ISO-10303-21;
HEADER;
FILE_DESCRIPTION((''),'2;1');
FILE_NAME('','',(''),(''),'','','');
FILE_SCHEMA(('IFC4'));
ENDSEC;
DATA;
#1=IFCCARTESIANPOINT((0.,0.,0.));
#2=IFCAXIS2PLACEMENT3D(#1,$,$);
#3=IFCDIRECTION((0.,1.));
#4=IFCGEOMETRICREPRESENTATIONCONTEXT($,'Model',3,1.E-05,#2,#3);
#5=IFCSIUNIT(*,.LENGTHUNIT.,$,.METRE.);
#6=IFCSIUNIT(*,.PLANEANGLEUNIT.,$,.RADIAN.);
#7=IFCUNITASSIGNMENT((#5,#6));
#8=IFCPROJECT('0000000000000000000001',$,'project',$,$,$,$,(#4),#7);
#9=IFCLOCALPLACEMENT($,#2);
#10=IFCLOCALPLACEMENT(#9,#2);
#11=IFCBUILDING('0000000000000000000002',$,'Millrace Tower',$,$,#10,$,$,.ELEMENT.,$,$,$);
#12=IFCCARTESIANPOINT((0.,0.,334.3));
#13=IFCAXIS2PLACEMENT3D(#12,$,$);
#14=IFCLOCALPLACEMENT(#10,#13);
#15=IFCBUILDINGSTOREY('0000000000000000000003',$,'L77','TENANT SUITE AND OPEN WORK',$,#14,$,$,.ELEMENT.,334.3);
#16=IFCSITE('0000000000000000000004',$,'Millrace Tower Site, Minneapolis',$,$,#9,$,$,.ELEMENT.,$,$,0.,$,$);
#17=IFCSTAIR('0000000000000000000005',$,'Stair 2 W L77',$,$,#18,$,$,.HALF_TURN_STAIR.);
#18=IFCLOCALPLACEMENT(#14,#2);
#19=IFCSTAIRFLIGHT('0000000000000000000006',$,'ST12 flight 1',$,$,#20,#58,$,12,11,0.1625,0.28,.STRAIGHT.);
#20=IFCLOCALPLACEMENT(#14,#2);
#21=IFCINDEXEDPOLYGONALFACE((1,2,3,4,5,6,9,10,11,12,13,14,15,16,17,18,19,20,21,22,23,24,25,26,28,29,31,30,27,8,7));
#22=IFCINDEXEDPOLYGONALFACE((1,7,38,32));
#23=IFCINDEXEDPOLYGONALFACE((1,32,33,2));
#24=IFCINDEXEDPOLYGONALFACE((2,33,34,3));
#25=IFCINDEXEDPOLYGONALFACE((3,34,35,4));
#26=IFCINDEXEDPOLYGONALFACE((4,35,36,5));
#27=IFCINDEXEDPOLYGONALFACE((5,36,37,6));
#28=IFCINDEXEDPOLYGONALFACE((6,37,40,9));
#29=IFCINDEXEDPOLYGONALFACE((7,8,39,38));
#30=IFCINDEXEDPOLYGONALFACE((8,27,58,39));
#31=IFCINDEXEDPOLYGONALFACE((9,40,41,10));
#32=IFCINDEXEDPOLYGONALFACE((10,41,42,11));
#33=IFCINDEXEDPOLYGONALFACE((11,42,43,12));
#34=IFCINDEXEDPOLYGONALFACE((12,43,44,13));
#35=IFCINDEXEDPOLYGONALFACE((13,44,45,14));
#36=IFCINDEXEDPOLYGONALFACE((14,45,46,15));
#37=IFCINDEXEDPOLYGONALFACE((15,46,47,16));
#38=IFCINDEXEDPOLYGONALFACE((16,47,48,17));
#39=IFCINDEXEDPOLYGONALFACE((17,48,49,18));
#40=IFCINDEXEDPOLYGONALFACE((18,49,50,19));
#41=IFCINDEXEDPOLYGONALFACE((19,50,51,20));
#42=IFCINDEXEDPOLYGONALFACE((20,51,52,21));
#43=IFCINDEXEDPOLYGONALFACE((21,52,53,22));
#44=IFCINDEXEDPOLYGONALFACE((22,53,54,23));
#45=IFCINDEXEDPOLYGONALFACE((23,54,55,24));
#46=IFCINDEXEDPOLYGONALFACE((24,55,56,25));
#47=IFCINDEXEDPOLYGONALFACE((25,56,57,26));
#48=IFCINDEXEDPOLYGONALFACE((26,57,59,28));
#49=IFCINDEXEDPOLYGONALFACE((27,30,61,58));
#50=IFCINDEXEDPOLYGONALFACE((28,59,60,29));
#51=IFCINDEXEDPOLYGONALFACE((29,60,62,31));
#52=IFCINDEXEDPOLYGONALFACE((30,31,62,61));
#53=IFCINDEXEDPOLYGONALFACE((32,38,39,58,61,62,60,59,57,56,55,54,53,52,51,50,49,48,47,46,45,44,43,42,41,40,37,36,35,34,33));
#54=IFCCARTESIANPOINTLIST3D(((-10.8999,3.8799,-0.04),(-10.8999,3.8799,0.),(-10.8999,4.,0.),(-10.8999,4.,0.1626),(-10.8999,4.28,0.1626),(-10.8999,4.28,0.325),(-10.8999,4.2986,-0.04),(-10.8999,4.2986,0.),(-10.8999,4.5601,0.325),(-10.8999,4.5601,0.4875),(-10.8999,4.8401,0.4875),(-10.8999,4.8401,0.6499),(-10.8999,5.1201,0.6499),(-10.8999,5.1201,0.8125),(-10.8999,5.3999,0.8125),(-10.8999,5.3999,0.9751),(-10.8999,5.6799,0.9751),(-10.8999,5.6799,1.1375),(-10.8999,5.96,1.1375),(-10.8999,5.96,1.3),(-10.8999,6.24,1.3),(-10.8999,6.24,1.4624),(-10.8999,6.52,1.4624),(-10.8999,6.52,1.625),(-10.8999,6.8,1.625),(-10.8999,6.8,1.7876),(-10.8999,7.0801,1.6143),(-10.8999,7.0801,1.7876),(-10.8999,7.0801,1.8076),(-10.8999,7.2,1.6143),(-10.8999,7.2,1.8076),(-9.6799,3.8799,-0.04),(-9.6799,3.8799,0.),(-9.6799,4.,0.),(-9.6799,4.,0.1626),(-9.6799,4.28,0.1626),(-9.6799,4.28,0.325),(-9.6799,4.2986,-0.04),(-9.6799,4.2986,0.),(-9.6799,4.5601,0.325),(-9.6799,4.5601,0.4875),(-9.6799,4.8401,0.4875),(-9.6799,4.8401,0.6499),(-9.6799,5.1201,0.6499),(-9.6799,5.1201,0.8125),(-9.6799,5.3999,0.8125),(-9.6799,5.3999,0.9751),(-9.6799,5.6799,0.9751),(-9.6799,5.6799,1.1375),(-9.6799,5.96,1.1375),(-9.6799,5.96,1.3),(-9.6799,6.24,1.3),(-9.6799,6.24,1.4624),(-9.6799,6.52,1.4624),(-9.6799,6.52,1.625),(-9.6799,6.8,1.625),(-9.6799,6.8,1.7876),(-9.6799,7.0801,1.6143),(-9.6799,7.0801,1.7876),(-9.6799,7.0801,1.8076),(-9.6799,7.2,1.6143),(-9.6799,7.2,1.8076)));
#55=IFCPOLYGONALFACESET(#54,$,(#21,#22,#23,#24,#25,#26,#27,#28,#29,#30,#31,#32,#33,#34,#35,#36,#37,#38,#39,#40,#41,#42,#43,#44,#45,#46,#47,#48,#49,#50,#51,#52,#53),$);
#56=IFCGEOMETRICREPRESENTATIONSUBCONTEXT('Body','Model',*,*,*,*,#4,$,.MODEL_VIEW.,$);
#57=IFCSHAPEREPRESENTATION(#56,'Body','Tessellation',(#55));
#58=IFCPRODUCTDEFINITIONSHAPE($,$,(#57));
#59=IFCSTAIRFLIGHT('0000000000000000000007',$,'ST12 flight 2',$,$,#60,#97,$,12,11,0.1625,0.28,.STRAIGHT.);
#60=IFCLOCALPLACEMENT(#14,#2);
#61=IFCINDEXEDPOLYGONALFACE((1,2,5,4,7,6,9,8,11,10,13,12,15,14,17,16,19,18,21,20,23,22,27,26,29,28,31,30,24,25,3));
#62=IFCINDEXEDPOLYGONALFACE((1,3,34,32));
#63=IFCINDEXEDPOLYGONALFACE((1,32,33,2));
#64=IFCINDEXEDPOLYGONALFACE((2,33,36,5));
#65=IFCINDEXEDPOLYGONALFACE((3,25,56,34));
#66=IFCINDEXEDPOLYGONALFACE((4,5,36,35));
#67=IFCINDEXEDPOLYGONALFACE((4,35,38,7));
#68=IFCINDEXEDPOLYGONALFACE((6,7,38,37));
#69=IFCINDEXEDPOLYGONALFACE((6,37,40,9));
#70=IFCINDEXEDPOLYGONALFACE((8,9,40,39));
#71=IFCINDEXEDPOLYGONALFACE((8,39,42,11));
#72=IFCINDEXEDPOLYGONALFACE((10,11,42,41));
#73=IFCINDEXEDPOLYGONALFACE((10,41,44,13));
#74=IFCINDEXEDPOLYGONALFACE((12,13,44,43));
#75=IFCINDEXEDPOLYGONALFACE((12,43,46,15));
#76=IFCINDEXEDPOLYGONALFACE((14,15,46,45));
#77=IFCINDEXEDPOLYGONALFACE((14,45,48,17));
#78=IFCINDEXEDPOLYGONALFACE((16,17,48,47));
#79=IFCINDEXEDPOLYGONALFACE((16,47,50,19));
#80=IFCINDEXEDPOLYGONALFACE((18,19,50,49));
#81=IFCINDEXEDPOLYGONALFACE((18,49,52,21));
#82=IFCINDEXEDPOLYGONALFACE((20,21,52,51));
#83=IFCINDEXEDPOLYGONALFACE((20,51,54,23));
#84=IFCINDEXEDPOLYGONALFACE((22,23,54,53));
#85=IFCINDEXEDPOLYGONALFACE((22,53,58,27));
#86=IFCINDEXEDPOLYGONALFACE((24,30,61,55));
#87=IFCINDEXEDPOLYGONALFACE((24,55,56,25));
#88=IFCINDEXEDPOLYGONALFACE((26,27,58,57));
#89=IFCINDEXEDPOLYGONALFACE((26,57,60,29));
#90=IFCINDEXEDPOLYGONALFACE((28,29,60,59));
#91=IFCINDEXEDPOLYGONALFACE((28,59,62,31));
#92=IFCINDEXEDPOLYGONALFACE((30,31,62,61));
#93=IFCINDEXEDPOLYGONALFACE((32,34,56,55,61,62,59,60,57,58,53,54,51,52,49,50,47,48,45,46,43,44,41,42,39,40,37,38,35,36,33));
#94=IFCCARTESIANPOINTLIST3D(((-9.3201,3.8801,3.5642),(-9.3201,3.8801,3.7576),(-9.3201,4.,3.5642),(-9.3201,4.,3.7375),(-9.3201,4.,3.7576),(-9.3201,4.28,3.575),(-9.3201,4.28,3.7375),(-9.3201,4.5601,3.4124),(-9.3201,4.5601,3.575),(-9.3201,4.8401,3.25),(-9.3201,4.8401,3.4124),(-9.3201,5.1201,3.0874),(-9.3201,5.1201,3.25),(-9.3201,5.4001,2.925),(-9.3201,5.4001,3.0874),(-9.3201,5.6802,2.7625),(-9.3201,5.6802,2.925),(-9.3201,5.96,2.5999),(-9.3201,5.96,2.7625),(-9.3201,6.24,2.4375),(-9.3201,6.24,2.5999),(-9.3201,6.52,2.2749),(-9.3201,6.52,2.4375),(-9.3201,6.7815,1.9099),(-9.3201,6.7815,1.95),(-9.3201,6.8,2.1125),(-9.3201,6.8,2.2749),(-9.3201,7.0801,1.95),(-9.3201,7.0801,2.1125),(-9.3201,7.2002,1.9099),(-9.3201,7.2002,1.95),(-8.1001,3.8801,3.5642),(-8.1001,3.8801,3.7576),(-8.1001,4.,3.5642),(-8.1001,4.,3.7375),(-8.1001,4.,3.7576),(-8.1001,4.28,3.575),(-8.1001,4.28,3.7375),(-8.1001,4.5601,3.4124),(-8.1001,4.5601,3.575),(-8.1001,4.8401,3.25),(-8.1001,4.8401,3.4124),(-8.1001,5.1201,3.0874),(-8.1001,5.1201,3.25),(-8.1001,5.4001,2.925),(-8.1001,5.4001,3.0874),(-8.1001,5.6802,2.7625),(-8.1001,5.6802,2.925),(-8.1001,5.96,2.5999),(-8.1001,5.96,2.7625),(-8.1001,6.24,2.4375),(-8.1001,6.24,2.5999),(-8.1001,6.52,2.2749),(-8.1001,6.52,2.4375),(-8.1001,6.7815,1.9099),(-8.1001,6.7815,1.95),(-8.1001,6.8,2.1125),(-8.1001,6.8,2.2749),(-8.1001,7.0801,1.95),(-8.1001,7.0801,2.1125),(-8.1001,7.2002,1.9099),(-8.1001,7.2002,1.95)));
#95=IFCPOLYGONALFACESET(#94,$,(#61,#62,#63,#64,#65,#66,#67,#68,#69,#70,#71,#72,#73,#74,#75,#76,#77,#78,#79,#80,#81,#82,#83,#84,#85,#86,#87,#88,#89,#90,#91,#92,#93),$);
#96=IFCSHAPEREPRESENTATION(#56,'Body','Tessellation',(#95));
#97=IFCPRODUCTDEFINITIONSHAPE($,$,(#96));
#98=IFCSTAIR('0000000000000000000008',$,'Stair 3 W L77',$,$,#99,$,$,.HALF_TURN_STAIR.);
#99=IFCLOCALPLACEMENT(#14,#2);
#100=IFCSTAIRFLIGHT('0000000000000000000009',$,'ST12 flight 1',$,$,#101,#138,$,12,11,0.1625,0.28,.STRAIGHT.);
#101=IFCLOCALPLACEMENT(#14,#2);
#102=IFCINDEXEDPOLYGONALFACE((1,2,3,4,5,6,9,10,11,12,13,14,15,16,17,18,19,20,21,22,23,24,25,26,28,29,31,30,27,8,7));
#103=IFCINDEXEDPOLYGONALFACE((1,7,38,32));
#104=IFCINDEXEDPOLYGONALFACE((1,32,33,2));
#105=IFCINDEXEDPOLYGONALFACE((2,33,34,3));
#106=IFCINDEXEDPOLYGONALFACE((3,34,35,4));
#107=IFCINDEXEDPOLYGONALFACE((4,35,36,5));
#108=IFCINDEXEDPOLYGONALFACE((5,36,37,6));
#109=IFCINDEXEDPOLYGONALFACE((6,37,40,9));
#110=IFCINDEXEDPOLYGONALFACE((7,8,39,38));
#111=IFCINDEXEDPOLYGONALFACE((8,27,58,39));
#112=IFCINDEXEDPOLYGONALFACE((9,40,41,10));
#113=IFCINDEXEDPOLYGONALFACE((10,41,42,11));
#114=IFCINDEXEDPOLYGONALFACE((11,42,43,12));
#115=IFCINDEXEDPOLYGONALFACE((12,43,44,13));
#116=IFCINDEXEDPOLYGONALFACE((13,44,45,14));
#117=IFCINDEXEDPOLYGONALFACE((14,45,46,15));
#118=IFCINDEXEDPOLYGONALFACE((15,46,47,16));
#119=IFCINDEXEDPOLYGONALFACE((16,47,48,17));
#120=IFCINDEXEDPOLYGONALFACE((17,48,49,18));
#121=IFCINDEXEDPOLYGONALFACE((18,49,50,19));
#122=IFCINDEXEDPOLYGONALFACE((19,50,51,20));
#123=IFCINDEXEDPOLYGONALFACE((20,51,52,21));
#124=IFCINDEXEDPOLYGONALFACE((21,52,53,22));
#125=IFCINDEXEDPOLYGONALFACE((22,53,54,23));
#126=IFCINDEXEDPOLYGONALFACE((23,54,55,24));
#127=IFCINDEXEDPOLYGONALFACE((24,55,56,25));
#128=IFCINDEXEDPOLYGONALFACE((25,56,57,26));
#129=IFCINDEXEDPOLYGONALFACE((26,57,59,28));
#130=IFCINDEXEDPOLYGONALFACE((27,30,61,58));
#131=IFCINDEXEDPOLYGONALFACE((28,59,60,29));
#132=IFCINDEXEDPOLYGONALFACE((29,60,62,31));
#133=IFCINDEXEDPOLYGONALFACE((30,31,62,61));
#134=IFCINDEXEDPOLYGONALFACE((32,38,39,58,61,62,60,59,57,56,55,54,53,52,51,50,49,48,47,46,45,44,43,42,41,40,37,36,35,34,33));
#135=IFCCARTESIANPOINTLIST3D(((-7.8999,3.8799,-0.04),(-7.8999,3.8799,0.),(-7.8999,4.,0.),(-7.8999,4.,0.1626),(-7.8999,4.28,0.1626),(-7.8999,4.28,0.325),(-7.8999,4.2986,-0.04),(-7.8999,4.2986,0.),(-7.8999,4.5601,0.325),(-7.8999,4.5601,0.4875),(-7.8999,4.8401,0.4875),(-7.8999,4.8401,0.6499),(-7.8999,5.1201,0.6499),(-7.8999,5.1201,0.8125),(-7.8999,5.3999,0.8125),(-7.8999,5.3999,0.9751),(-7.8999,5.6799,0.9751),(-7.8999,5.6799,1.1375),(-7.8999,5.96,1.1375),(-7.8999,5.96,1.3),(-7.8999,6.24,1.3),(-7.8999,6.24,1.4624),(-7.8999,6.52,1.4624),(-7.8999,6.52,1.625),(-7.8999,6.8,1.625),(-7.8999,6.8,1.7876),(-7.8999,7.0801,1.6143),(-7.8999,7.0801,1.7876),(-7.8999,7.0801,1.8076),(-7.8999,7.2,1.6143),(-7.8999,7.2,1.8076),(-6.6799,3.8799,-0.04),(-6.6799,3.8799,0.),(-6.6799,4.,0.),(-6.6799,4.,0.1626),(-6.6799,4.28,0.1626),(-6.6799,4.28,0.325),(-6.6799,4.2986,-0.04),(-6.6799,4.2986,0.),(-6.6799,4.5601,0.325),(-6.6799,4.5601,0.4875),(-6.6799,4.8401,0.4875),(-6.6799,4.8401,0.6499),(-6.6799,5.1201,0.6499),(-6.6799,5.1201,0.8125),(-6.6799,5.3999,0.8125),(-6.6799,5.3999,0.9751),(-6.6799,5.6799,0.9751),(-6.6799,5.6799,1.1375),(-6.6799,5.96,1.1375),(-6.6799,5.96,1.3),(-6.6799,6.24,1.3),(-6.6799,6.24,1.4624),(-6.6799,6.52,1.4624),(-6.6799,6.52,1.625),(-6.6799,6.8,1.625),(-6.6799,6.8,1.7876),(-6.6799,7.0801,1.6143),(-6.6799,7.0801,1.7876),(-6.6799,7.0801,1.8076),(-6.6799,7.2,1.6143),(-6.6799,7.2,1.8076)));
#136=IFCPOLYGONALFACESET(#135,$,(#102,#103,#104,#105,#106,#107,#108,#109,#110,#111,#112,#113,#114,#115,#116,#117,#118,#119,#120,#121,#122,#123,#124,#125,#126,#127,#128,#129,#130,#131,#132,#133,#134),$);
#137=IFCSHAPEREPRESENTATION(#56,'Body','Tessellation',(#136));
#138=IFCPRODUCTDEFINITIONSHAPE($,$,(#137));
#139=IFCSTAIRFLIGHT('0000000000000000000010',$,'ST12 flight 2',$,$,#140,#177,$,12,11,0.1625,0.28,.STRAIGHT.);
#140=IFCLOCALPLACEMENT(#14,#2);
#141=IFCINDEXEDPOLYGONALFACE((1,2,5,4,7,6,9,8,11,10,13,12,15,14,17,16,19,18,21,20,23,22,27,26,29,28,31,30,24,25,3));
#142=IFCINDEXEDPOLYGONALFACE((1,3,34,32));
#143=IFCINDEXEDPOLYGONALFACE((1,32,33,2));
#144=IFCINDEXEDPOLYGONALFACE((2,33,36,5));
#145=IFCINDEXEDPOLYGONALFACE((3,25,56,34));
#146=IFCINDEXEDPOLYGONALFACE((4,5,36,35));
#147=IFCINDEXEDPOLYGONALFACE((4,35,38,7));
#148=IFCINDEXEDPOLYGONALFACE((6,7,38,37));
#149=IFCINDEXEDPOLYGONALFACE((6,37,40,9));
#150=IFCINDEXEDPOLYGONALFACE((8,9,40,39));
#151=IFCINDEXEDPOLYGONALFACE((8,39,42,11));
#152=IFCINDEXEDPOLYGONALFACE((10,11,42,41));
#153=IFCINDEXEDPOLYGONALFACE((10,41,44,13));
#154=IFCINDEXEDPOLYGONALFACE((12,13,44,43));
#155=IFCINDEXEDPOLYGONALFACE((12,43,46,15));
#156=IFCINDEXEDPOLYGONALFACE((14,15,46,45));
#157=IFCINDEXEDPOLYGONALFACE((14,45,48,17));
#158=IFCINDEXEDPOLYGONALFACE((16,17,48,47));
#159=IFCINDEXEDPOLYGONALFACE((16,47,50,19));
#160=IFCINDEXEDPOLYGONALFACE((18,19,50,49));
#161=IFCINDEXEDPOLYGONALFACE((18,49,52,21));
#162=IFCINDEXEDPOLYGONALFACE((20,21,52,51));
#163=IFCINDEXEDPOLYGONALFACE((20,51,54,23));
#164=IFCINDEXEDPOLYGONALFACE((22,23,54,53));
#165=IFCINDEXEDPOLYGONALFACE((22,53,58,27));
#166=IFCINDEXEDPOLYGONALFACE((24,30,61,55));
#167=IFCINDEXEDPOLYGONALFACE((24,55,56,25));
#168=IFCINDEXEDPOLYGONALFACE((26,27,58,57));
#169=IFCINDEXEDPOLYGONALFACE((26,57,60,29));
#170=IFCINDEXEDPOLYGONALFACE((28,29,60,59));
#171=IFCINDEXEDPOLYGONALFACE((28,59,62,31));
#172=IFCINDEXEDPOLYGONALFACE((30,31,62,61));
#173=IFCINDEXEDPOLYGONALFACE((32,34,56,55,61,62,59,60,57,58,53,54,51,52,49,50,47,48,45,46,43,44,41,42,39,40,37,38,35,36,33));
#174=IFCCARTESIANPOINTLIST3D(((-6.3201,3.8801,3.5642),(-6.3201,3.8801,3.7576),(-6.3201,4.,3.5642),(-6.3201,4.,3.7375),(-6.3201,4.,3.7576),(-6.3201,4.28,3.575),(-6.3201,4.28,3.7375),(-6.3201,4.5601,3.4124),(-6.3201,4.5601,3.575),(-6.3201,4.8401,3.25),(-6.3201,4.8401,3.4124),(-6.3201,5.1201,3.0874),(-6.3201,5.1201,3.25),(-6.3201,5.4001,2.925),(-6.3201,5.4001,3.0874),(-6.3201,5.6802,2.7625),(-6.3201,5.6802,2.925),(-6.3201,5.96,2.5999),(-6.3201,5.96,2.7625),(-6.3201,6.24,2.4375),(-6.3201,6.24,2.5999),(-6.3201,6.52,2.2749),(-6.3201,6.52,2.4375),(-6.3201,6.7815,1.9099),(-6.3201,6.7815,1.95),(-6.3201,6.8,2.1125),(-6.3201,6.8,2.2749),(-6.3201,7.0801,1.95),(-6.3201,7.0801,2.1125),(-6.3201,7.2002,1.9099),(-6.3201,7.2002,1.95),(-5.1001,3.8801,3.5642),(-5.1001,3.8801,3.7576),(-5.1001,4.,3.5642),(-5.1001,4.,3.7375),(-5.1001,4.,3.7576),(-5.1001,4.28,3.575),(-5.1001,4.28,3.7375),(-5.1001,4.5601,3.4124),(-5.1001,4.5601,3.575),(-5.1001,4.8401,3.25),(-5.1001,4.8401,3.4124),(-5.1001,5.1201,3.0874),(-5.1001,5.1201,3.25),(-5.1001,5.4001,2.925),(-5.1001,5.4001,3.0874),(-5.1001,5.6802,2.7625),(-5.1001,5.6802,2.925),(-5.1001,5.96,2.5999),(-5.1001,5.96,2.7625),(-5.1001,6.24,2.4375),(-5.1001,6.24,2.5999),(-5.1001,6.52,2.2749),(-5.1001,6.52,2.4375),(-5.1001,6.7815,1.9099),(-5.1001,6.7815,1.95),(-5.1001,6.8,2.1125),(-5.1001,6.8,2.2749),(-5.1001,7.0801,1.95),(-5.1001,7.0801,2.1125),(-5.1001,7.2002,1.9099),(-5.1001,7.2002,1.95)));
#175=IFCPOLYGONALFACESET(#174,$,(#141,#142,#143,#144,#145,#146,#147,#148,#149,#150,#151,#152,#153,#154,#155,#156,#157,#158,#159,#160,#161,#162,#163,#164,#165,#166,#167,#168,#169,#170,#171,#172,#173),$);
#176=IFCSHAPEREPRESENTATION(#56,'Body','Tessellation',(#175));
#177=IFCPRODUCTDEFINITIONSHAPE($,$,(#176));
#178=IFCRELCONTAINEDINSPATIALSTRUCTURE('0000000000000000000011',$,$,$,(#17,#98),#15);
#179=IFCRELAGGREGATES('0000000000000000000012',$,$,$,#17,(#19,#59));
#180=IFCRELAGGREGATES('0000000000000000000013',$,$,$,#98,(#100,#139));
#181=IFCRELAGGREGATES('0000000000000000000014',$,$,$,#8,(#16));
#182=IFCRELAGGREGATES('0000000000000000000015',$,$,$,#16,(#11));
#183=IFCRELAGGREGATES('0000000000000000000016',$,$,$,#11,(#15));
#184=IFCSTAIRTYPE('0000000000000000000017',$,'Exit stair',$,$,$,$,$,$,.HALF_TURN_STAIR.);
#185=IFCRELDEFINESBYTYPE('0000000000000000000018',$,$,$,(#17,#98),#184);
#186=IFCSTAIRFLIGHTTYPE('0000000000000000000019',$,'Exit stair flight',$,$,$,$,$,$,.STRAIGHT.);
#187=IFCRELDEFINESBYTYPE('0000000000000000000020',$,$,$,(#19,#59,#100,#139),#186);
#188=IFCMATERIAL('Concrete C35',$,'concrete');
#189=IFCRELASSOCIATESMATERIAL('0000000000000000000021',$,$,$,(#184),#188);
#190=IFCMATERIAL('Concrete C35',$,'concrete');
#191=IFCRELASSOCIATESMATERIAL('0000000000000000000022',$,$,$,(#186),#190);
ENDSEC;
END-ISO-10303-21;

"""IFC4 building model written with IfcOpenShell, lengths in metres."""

from ifc_helpers import new_model, si_unit, direction, frame, origin, place, context, subcontext, project, spatial, polyline, outline, extrude, material, type_object, element, aggregate, save


model = new_model("IFC4")

# Units and contexts
model_context = context("Model", 3, precision=1e-05, world=origin(), true_north=direction((0.0, 1.0)))
body_context = subcontext(model_context, "Body", "Model", "MODEL_VIEW")
ifc_project = project(units=[si_unit("LENGTHUNIT", "METRE"), si_unit("PLANEANGLEUNIT", "RADIAN")], contexts=[model_context])

# Site, building, storey
site_placement = place(None, origin())
site = spatial("IfcSite", under=ifc_project, at=site_placement, Name="Millrace Tower Site, Minneapolis", CompositionType="ELEMENT", RefElevation=0.0)
building_placement = place(site_placement, origin())
building = spatial("IfcBuilding", under=site, at=building_placement, Name="Millrace Tower", CompositionType="ELEMENT")
storey_placement = place(building_placement, frame((0.0, 0.0, 334.3)))
storey = spatial("IfcBuildingStorey", under=building, at=storey_placement, Name="L77", Description="TENANT SUITE AND OPEN WORK", CompositionType="ELEMENT", Elevation=334.3)

# Shared definitions
ifc_material_1 = material(Name="Concrete C35", Category="concrete")
stair_type = type_object("IfcStairType", Name="Exit stair", PredefinedType="HALF_TURN_STAIR", material=ifc_material_1)
placement = place(storey_placement, origin())
ifc_material_2 = material(Name="Concrete C35", Category="concrete")
stair_flight_type = type_object("IfcStairFlightType", Name="Exit stair flight", PredefinedType="STRAIGHT", material=ifc_material_2)

# Stairs, stair flights
stair_1 = element("IfcStair", 1, at=placement, inside=storey, type_object=stair_type, Name="Stair 2 W L77", PredefinedType="HALF_TURN_STAIR")
stair_flight_1_placement = place(storey_placement, frame((-10.29, 4.0, 0.0), z_axis=(0.0, 0.0, 1.0), x_axis=(0.0, 1.0, 0.0)))
stair_flight_1 = element("IfcStairFlight", 2, at=stair_flight_1_placement, type_object=stair_flight_type, Name="ST12 flight 1", NumberOfRisers=12, NumberOfTreads=11, PredefinedType="STRAIGHT", RiserHeight=0.1625, TreadLength=0.28, context=body_context, shape_type="SweptSolid", body=[
    extrude(outline(polyline([(-0.1201, -0.04), (-0.1201, 0.0), (0.0, 0.0), (0.0, 0.1626), (0.28, 0.1626), (0.28, 0.325), (0.5601, 0.325), (0.5601, 0.4875), (0.8401, 0.4875), (0.8401, 0.6499), (1.1201, 0.6499), (1.1201, 0.8125), (1.3999, 0.8125), (1.3999, 0.9751), (1.6799, 0.9751), (1.6799, 1.1375), (1.96, 1.1375), (1.96, 1.3), (2.24, 1.3), (2.24, 1.4624), (2.52, 1.4624), (2.52, 1.625), (2.8, 1.625), (2.8, 1.7876), (3.0801, 1.7876), (3.0801, 1.8076), (3.2, 1.8076), (3.2, 1.6143), (3.0801, 1.6143), (0.2986, 0.0), (0.2986, -0.04), (-0.1201, -0.04)])), frame((0.0, 0.6099, 0.0), z_axis=(0.0, -1.0, 0.0), x_axis=(1.0, 0.0, 0.0)), (0.0, 0.0, 1.0), 1.22),
])
stair_flight_2_placement = place(storey_placement, frame((-8.71, 7.0801, 1.95), z_axis=(0.0, 0.0, 1.0), x_axis=(0.0, -1.0, 0.0)))
stair_flight_2 = element("IfcStairFlight", 3, at=stair_flight_2_placement, type_object=stair_flight_type, Name="ST12 flight 2", NumberOfRisers=12, NumberOfTreads=11, PredefinedType="STRAIGHT", RiserHeight=0.1625, TreadLength=0.28, context=body_context, shape_type="SweptSolid", body=[
    extrude(outline(polyline([(-0.1201, -0.04), (-0.1201, 0.0), (0.0, 0.0), (0.0, 0.1626), (0.28, 0.1626), (0.28, 0.325), (0.5601, 0.325), (0.5601, 0.4875), (0.8401, 0.4875), (0.8401, 0.6499), (1.1201, 0.6499), (1.1201, 0.8125), (1.3999, 0.8125), (1.3999, 0.9751), (1.6799, 0.9751), (1.6799, 1.1375), (1.96, 1.1375), (1.96, 1.3), (2.24, 1.3), (2.24, 1.4624), (2.52, 1.4624), (2.52, 1.625), (2.8, 1.625), (2.8, 1.7876), (3.0801, 1.7876), (3.0801, 1.8076), (3.2, 1.8076), (3.2, 1.6143), (3.0801, 1.6143), (0.2986, 0.0), (0.2986, -0.04), (-0.1201, -0.04)])), frame((0.0, 0.6099, 0.0), z_axis=(0.0, -1.0, 0.0), x_axis=(1.0, 0.0, 0.0)), (0.0, 0.0, 1.0), 1.22),
])
aggregate(stair_1, [stair_flight_1, stair_flight_2])
stair_2 = element("IfcStair", 4, at=placement, inside=storey, type_object=stair_type, Name="Stair 3 W L77", PredefinedType="HALF_TURN_STAIR")
stair_flight_3_placement = place(storey_placement, frame((-7.29, 4.0, 0.0), z_axis=(0.0, 0.0, 1.0), x_axis=(0.0, 1.0, 0.0)))
stair_flight_3 = element("IfcStairFlight", 5, at=stair_flight_3_placement, type_object=stair_flight_type, Name="ST12 flight 1", NumberOfRisers=12, NumberOfTreads=11, PredefinedType="STRAIGHT", RiserHeight=0.1625, TreadLength=0.28, context=body_context, shape_type="SweptSolid", body=[
    extrude(outline(polyline([(-0.1201, -0.04), (-0.1201, 0.0), (0.0, 0.0), (0.0, 0.1626), (0.28, 0.1626), (0.28, 0.325), (0.5601, 0.325), (0.5601, 0.4875), (0.8401, 0.4875), (0.8401, 0.6499), (1.1201, 0.6499), (1.1201, 0.8125), (1.3999, 0.8125), (1.3999, 0.9751), (1.6799, 0.9751), (1.6799, 1.1375), (1.96, 1.1375), (1.96, 1.3), (2.24, 1.3), (2.24, 1.4624), (2.52, 1.4624), (2.52, 1.625), (2.8, 1.625), (2.8, 1.7876), (3.0801, 1.7876), (3.0801, 1.8076), (3.2, 1.8076), (3.2, 1.6143), (3.0801, 1.6143), (0.2986, 0.0), (0.2986, -0.04), (-0.1201, -0.04)])), frame((0.0, 0.6099, 0.0), z_axis=(0.0, -1.0, 0.0), x_axis=(1.0, 0.0, 0.0)), (0.0, 0.0, 1.0), 1.22),
])
stair_flight_4_placement = place(storey_placement, frame((-5.71, 7.0801, 1.95), z_axis=(0.0, 0.0, 1.0), x_axis=(0.0, -1.0, 0.0)))
stair_flight_4 = element("IfcStairFlight", 6, at=stair_flight_4_placement, type_object=stair_flight_type, Name="ST12 flight 2", NumberOfRisers=12, NumberOfTreads=11, PredefinedType="STRAIGHT", RiserHeight=0.1625, TreadLength=0.28, context=body_context, shape_type="SweptSolid", body=[
    extrude(outline(polyline([(-0.1201, -0.04), (-0.1201, 0.0), (0.0, 0.0), (0.0, 0.1626), (0.28, 0.1626), (0.28, 0.325), (0.5601, 0.325), (0.5601, 0.4875), (0.8401, 0.4875), (0.8401, 0.6499), (1.1201, 0.6499), (1.1201, 0.8125), (1.3999, 0.8125), (1.3999, 0.9751), (1.6799, 0.9751), (1.6799, 1.1375), (1.96, 1.1375), (1.96, 1.3), (2.24, 1.3), (2.24, 1.4624), (2.52, 1.4624), (2.52, 1.625), (2.8, 1.625), (2.8, 1.7876), (3.0801, 1.7876), (3.0801, 1.8076), (3.2, 1.8076), (3.2, 1.6143), (3.0801, 1.6143), (0.2986, 0.0), (0.2986, -0.04), (-0.1201, -0.04)])), frame((0.0, 0.6099, 0.0), z_axis=(0.0, -1.0, 0.0), x_axis=(1.0, 0.0, 0.0)), (0.0, 0.0, 1.0), 1.22),
])
aggregate(stair_2, [stair_flight_3, stair_flight_4])

save(model, "model.ifc")
